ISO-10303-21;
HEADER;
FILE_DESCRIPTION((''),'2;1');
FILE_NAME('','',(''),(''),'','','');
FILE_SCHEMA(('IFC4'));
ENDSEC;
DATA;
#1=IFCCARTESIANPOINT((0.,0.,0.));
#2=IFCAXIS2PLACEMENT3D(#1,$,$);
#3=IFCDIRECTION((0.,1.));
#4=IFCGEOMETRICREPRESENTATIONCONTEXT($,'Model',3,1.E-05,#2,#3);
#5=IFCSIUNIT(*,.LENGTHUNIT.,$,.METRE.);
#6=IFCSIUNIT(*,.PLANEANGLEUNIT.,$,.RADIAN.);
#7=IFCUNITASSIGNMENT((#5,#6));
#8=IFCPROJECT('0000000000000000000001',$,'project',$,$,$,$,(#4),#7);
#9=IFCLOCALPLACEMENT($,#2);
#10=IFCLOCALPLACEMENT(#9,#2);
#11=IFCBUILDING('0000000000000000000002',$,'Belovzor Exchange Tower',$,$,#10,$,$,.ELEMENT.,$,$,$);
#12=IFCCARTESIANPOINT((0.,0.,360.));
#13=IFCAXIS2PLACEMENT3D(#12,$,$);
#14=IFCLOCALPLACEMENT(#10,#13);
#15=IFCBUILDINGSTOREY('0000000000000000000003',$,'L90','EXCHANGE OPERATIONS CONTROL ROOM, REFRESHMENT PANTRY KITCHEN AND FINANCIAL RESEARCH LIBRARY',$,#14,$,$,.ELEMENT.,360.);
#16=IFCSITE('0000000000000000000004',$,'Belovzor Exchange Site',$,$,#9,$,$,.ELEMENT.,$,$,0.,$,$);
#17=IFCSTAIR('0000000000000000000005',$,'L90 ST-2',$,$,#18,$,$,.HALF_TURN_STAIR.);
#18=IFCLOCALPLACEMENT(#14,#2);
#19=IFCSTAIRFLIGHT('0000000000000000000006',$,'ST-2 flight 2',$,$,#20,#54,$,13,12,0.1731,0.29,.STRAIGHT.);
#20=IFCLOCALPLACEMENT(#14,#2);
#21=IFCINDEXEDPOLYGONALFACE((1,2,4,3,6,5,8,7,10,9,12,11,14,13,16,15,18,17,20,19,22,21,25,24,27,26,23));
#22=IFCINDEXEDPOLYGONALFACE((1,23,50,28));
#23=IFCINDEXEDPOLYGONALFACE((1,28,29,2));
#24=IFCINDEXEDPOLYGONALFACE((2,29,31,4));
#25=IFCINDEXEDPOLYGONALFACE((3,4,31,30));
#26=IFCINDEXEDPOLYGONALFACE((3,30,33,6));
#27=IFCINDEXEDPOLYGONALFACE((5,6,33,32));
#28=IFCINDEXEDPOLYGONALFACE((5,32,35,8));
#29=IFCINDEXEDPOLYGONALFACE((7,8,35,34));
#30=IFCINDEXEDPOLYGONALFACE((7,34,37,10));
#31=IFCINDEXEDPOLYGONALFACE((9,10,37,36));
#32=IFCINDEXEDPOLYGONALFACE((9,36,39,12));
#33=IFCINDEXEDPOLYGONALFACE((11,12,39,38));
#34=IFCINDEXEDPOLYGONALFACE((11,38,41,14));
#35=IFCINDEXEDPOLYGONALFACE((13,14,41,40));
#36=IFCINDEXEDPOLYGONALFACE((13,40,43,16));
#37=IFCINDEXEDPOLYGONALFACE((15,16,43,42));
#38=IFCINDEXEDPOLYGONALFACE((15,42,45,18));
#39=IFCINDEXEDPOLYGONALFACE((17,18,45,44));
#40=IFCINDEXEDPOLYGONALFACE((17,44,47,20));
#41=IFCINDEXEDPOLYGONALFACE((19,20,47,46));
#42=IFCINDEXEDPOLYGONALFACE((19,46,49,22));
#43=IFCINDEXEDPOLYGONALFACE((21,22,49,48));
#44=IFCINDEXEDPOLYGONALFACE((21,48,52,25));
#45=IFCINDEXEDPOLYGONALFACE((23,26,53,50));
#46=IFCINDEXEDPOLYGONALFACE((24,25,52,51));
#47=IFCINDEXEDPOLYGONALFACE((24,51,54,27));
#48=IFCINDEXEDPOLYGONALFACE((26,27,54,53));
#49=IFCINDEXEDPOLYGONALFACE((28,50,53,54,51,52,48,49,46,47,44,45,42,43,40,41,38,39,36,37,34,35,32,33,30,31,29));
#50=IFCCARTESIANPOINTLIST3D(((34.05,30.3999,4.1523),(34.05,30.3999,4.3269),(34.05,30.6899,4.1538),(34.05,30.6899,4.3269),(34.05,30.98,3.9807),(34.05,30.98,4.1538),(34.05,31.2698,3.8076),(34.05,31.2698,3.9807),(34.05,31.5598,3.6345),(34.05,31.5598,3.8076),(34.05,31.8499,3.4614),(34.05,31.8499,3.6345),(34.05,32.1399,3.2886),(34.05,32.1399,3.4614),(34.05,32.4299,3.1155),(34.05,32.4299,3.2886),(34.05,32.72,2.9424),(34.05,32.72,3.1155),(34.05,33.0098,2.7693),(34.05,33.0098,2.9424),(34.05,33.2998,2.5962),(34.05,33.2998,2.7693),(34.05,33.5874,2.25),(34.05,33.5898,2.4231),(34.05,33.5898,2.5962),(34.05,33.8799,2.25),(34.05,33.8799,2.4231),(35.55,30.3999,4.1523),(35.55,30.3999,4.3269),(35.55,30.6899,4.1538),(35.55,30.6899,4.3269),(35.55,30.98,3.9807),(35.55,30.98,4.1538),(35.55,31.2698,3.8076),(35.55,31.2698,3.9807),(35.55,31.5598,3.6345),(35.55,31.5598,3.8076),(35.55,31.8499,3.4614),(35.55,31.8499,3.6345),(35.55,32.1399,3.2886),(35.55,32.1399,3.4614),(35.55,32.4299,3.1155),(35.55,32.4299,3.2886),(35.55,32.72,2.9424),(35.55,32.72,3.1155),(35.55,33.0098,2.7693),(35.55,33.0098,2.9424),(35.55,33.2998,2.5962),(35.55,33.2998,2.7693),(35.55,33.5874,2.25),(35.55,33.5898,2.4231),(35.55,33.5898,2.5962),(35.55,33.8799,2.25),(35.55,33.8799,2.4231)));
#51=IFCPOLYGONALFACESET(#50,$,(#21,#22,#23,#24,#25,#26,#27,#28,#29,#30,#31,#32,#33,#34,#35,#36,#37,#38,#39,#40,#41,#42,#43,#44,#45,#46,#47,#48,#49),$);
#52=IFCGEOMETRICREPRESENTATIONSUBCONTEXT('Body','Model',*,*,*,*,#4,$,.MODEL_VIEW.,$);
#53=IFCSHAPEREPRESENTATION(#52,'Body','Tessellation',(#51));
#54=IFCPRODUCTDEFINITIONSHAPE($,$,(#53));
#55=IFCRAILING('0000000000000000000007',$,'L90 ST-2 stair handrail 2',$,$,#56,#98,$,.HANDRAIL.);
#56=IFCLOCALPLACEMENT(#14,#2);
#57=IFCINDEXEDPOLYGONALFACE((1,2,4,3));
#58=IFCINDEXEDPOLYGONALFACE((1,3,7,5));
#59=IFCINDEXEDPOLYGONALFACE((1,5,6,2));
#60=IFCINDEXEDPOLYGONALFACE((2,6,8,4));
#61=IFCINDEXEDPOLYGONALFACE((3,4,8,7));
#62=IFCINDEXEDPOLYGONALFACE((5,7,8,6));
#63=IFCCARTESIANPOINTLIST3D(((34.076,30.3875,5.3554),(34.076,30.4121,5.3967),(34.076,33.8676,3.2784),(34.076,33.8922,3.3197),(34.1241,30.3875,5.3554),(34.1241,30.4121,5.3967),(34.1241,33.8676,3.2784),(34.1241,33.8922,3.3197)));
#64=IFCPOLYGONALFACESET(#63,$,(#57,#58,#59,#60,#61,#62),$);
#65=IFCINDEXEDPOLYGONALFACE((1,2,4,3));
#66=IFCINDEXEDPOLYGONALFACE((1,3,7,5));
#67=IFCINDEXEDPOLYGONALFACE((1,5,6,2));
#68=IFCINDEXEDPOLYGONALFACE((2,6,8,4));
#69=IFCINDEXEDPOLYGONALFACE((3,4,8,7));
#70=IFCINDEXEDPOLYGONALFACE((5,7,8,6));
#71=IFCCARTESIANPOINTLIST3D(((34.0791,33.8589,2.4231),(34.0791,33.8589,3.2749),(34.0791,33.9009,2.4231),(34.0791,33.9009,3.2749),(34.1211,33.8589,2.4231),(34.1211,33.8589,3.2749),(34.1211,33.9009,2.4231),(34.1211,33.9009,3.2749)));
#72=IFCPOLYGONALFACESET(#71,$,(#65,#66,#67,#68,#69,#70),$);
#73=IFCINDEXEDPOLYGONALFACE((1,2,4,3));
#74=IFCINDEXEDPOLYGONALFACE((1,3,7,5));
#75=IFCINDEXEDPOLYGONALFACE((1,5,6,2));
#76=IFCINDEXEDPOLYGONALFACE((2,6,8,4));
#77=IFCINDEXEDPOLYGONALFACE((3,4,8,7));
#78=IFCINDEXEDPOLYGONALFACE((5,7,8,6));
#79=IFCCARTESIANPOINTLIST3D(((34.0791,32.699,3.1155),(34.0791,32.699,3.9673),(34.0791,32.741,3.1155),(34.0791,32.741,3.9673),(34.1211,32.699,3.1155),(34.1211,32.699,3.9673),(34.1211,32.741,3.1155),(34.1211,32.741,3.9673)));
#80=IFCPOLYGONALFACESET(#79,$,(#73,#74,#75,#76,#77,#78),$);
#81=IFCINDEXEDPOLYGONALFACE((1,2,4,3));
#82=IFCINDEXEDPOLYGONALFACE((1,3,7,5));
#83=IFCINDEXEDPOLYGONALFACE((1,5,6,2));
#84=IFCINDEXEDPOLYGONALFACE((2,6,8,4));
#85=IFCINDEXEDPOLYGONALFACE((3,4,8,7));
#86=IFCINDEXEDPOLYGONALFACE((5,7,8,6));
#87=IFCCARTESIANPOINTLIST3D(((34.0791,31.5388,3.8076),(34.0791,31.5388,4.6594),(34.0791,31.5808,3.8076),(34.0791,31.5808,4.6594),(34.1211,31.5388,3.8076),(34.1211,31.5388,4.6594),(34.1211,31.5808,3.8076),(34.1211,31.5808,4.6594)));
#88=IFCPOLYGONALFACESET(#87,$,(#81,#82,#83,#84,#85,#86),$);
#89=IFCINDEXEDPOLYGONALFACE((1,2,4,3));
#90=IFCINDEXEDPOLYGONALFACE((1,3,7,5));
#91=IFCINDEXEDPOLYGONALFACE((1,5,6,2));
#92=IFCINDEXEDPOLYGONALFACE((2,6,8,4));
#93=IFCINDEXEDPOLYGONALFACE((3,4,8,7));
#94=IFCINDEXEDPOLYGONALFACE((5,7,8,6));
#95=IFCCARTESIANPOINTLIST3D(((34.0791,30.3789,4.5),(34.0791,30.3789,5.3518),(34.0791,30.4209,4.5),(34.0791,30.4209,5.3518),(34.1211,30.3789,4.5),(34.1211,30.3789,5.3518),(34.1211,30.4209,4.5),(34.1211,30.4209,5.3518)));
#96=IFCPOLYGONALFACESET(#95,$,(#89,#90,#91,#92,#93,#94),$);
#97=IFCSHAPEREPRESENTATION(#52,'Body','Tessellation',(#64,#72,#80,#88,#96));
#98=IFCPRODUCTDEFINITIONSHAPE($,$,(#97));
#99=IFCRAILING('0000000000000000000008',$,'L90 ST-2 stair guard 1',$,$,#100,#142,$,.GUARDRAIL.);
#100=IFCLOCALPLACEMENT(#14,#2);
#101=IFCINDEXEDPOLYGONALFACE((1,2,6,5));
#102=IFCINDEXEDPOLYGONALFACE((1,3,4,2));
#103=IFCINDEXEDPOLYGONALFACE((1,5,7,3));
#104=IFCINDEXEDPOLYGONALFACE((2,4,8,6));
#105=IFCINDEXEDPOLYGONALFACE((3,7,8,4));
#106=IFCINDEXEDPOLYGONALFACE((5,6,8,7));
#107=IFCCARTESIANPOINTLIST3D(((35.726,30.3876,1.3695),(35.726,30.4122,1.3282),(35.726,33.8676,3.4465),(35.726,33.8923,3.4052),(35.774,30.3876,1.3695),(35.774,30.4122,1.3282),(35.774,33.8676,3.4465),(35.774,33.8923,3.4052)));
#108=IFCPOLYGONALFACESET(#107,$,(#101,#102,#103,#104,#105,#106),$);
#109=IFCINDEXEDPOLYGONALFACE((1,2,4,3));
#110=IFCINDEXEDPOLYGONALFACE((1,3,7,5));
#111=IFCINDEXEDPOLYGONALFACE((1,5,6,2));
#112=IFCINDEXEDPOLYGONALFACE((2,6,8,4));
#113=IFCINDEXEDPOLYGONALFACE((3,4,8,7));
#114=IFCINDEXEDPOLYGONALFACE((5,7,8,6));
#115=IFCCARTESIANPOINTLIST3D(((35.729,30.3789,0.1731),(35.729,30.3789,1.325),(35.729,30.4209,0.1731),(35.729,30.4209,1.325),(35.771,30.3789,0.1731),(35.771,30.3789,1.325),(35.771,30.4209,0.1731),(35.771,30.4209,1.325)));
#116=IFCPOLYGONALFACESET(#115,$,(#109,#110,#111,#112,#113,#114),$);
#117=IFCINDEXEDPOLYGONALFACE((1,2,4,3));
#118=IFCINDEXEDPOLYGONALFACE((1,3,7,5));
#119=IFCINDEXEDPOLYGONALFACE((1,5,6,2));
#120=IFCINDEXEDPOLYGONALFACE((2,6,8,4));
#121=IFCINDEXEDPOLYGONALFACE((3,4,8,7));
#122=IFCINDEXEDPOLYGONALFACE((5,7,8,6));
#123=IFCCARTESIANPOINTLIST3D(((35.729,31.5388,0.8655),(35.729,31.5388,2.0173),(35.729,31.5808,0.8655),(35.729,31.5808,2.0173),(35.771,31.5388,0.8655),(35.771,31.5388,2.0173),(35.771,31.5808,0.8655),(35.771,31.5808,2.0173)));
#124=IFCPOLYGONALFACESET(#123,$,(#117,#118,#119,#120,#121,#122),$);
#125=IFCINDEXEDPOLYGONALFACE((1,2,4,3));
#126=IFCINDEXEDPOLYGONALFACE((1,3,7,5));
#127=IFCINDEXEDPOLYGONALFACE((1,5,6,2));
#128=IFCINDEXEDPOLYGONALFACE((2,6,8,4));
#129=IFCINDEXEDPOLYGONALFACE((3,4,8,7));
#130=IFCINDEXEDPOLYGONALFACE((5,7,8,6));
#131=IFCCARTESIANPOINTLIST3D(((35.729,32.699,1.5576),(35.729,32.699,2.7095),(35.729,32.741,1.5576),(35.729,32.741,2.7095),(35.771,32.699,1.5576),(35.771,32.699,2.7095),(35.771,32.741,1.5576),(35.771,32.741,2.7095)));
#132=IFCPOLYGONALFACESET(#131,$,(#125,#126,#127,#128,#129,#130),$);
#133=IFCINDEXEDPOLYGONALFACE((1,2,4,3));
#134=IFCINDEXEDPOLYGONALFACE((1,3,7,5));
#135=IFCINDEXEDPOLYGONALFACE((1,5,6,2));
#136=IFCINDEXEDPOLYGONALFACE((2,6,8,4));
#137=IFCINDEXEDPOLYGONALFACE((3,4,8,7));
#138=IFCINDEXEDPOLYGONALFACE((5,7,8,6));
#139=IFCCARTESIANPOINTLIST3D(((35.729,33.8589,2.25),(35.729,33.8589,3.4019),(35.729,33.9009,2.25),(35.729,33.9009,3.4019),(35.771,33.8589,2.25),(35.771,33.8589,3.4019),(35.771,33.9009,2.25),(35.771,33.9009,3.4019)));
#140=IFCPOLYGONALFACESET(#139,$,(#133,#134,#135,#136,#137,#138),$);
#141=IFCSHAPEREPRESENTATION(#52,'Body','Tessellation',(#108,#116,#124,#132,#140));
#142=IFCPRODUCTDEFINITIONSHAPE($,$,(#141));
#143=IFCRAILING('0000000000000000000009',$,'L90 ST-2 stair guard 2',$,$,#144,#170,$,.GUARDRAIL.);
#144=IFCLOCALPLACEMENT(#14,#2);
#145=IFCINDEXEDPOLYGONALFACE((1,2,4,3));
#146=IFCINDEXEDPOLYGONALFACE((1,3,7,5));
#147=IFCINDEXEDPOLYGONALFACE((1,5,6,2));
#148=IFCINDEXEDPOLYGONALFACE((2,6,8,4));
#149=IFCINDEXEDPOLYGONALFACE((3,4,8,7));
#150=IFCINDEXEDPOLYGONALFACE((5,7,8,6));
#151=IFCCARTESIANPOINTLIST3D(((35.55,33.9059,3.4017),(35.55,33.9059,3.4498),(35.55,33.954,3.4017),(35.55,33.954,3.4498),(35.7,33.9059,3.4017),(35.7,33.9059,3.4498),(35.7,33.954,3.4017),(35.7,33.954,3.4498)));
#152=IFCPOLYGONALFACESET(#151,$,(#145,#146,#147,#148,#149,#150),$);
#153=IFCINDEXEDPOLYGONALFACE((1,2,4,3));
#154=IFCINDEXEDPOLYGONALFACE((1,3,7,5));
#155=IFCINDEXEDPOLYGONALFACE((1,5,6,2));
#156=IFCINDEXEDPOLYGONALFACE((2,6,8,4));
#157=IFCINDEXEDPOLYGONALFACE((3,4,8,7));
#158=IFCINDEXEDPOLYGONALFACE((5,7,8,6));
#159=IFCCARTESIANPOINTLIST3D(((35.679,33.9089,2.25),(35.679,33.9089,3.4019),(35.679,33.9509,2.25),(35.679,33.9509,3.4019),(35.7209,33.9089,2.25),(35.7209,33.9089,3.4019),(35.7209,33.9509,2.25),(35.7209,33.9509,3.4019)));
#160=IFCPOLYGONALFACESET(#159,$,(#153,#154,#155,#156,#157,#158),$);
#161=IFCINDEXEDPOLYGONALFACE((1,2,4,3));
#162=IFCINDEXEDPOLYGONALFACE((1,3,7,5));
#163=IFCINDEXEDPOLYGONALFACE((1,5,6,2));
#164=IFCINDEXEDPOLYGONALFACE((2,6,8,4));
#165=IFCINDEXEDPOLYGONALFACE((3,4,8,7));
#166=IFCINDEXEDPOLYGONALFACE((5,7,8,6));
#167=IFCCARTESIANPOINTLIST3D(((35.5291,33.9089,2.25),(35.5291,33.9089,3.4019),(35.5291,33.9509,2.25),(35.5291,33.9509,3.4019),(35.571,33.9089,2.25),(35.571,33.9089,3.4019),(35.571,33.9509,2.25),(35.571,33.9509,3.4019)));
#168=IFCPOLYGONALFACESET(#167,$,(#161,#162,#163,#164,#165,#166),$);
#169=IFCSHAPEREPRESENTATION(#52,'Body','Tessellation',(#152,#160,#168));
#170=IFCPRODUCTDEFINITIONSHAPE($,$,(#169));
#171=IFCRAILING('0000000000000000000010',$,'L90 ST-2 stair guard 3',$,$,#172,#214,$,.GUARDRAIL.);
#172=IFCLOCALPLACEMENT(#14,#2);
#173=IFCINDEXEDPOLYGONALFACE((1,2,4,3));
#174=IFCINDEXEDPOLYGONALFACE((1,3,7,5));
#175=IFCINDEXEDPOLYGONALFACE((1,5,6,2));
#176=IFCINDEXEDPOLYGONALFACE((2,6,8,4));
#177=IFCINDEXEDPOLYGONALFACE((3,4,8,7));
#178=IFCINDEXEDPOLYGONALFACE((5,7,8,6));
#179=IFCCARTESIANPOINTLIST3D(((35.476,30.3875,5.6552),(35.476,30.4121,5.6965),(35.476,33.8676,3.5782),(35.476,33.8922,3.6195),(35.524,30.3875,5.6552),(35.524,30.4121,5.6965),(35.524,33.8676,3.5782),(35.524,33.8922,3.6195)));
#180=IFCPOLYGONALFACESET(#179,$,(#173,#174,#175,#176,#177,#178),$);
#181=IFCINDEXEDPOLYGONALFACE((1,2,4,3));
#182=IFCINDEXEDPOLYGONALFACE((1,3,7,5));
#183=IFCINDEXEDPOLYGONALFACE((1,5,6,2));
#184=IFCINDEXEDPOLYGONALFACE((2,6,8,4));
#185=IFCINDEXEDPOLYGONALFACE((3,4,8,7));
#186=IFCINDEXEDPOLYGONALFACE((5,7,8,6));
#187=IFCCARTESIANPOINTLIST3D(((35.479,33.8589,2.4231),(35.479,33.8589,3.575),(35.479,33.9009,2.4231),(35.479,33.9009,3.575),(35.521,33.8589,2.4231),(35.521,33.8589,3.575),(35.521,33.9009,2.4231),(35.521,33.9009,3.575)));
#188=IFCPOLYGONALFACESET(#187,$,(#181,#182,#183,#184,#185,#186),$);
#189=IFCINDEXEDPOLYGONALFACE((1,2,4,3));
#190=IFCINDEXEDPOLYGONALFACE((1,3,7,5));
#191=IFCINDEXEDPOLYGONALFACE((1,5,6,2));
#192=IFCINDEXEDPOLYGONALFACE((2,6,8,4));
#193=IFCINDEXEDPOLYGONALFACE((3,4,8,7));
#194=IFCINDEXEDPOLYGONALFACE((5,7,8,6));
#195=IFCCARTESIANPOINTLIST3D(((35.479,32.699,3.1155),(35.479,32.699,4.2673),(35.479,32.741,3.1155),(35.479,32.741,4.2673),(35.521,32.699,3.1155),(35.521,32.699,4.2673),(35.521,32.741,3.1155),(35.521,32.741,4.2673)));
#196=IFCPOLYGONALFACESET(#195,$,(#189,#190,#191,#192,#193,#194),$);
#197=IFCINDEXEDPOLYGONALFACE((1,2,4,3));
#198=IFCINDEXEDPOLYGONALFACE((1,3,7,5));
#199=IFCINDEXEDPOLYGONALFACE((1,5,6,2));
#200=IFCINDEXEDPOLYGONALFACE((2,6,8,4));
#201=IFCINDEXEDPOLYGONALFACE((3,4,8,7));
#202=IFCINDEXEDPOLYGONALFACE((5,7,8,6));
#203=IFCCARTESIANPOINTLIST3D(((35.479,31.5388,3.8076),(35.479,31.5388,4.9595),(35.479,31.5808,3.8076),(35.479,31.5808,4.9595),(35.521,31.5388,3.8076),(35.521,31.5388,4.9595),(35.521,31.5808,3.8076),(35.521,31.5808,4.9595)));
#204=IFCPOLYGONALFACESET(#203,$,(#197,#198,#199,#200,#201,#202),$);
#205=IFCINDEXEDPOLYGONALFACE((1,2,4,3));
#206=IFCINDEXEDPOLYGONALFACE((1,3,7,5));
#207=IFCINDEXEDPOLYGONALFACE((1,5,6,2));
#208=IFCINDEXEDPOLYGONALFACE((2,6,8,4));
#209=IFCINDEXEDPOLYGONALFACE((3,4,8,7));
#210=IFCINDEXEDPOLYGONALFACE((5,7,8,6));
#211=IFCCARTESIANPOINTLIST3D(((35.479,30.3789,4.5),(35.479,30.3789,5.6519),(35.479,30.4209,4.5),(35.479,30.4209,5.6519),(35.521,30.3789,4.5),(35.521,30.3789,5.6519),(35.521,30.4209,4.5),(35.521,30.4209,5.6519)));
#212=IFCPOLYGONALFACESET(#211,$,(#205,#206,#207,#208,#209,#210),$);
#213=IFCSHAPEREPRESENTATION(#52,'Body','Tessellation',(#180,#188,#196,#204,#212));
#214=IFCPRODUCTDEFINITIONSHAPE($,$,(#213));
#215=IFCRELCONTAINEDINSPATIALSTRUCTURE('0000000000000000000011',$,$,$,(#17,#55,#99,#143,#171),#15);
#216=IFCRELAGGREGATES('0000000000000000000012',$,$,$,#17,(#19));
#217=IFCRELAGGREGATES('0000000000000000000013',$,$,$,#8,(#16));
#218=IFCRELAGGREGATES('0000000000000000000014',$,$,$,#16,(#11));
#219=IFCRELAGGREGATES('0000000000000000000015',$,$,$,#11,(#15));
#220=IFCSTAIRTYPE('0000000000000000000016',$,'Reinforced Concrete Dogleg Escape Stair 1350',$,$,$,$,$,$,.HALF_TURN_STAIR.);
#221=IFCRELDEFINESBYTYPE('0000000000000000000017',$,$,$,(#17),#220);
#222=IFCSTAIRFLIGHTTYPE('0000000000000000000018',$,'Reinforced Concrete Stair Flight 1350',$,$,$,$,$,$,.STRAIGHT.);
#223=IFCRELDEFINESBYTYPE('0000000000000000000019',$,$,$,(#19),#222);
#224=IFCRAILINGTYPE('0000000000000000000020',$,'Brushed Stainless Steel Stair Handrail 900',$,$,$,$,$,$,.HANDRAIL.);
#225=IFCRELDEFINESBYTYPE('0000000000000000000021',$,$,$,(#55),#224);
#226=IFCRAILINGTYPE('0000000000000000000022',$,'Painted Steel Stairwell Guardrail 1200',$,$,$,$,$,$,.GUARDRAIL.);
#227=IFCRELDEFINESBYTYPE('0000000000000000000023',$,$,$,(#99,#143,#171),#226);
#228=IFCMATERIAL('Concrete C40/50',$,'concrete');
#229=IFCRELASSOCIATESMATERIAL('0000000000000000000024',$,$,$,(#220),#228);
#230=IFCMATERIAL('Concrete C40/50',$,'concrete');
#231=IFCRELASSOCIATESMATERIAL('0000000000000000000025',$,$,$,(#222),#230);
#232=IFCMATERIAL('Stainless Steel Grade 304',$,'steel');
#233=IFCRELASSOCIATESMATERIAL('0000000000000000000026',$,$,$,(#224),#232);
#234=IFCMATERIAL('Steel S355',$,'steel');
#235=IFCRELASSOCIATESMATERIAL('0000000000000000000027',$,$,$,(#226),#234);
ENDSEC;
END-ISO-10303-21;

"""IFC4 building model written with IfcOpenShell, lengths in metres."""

from ifc_helpers import new_model, si_unit, direction, frame, origin, origin_2d, place, context, subcontext, project, spatial, polyline, rectangle, outline, extrude, material, type_object, element, aggregate, save


model = new_model("IFC4")

# Units and contexts
model_context = context("Model", 3, precision=1e-05, world=origin(), true_north=direction((0.0, 1.0)))
body_context = subcontext(model_context, "Body", "Model", "MODEL_VIEW")
ifc_project = project(units=[si_unit("LENGTHUNIT", "METRE"), si_unit("PLANEANGLEUNIT", "RADIAN")], contexts=[model_context])

# Site, building, storey
site_placement = place(None, origin())
site = spatial("IfcSite", under=ifc_project, at=site_placement, Name="Belovzor Exchange Site", CompositionType="ELEMENT", RefElevation=0.0)
building_placement = place(site_placement, origin())
building = spatial("IfcBuilding", under=site, at=building_placement, Name="Belovzor Exchange Tower", CompositionType="ELEMENT")
storey_placement = place(building_placement, frame((0.0, 0.0, 360.0)))
storey = spatial("IfcBuildingStorey", under=building, at=storey_placement, Name="L90", Description="EXCHANGE OPERATIONS CONTROL ROOM, REFRESHMENT PANTRY KITCHEN AND FINANCIAL RESEARCH LIBRARY", CompositionType="ELEMENT", Elevation=360.0)

# Stair, stair flight
ifc_material_1 = material(Name="Concrete C40/50", Category="concrete")
stair_type = type_object("IfcStairType", Name="Reinforced Concrete Dogleg Escape Stair 1350", PredefinedType="HALF_TURN_STAIR", material=ifc_material_1)
stair_placement = place(storey_placement, origin())
stair = element("IfcStair", 1, at=stair_placement, inside=storey, type_object=stair_type, Name="L90 ST-2", PredefinedType="HALF_TURN_STAIR")
ifc_material_2 = material(Name="Concrete C40/50", Category="concrete")
stair_flight_type = type_object("IfcStairFlightType", Name="Reinforced Concrete Stair Flight 1350", PredefinedType="STRAIGHT", material=ifc_material_2)
stair_flight_1_placement = place(storey_placement, frame((34.8, 33.8799, 2.25), z_axis=(0.0, 0.0, 1.0), x_axis=(0.0, -1.0, 0.0)))
stair_flight_1 = element("IfcStairFlight", 2, at=stair_flight_1_placement, type_object=stair_flight_type, Name="ST-2 flight 2", NumberOfRisers=13, NumberOfTreads=12, PredefinedType="STRAIGHT", RiserHeight=0.1731, TreadLength=0.29, context=body_context, shape_type="SweptSolid", body=[
    extrude(outline(polyline([(0.0, 0.0), (0.0, 0.1731), (0.29, 0.1731), (0.29, 0.3462), (0.5801, 0.3462), (0.5801, 0.5193), (0.8701, 0.5193), (0.8701, 0.6924), (1.1599, 0.6924), (1.1599, 0.8655), (1.45, 0.8655), (1.45, 1.0386), (1.74, 1.0386), (1.74, 1.2114), (2.03, 1.2114), (2.03, 1.3845), (2.3201, 1.3845), (2.3201, 1.5576), (2.6101, 1.5576), (2.6101, 1.7307), (2.8999, 1.7307), (2.8999, 1.9038), (3.1899, 1.9038), (3.1899, 2.0769), (3.48, 2.0769), (3.48, 2.25), (3.48, 1.9023), (0.2925, 0.0), (0.0, 0.0)])), frame((0.0, 0.75, 0.0), z_axis=(0.0, -1.0, 0.0), x_axis=(1.0, 0.0, 0.0)), (0.0, 0.0, 1.0), 1.5),
])
aggregate(stair, [stair_flight_1])

# Railings
ifc_material_3 = material(Name="Stainless Steel Grade 304", Category="steel")
railing_type_1 = type_object("IfcRailingType", Name="Brushed Stainless Steel Stair Handrail 900", PredefinedType="HANDRAIL", material=ifc_material_3)
railing_1_placement = place(storey_placement, frame((34.1001, 33.8799, 2.4231)))
element("IfcRailing", 3, at=railing_1_placement, inside=storey, type_object=railing_type_1, Name="L90 ST-2 stair handrail 2", PredefinedType="HANDRAIL", context=body_context, shape_type="SweptSolid", body=[
    extrude(rectangle(XDim=0.0481, YDim=0.0481, at=origin_2d()), frame((0.0, 0.0, 0.876), z_axis=(0.0, -0.858697, 0.512483), x_axis=(1.0, 0.0, 0.0)), (0.0, 0.0, 1.0), 4.0527),
    extrude(rectangle(XDim=0.042, YDim=0.042, at=origin_2d()), origin(), (0.0, 0.0, 1.0), 0.8518),
    extrude(rectangle(XDim=0.042, YDim=0.042, at=origin_2d()), frame((0.0, -1.1599, 0.6924)), (0.0, 0.0, 1.0), 0.8518),
    extrude(rectangle(XDim=0.042, YDim=0.042, at=origin_2d()), frame((0.0, -2.3201, 1.3845)), (0.0, 0.0, 1.0), 0.8518),
    extrude(rectangle(XDim=0.042, YDim=0.042, at=origin_2d()), frame((0.0, -3.48, 2.0769)), (0.0, 0.0, 1.0), 0.8518),
])
ifc_material_4 = material(Name="Steel S355", Category="steel")
railing_type_2 = type_object("IfcRailingType", Name="Painted Steel Stairwell Guardrail 1200", PredefinedType="GUARDRAIL", material=ifc_material_4)
railing_2_placement = place(storey_placement, frame((35.75, 30.3999, 0.1731)))
element("IfcRailing", 4, at=railing_2_placement, inside=storey, type_object=railing_type_2, Name="L90 ST-2 stair guard 1", PredefinedType="GUARDRAIL", context=body_context, shape_type="SweptSolid", body=[
    extrude(rectangle(XDim=0.0481, YDim=0.0481, at=origin_2d()), frame((0.0, 0.0, 1.1758), z_axis=(0.0, 0.858697, 0.512483), x_axis=(-1.0, 0.0, 0.0)), (0.0, 0.0, 1.0), 4.0527),
    extrude(rectangle(XDim=0.042, YDim=0.042, at=origin_2d()), origin(), (0.0, 0.0, 1.0), 1.1519),
    extrude(rectangle(XDim=0.042, YDim=0.042, at=origin_2d()), frame((0.0, 1.1599, 0.6924)), (0.0, 0.0, 1.0), 1.1519),
    extrude(rectangle(XDim=0.042, YDim=0.042, at=origin_2d()), frame((0.0, 2.3201, 1.3845)), (0.0, 0.0, 1.0), 1.1519),
    extrude(rectangle(XDim=0.042, YDim=0.042, at=origin_2d()), frame((0.0, 3.48, 2.0769)), (0.0, 0.0, 1.0), 1.1519),
])
railing_3_placement = place(storey_placement, frame((35.7, 33.9299, 2.25)))
element("IfcRailing", 5, at=railing_3_placement, inside=storey, type_object=railing_type_2, Name="L90 ST-2 stair guard 2", PredefinedType="GUARDRAIL", context=body_context, shape_type="SweptSolid", body=[
    extrude(rectangle(XDim=0.0481, YDim=0.0481, at=origin_2d()), frame((0.0, 0.0, 1.1758), z_axis=(-1.0, 0.0, 0.0), x_axis=(0.0, -1.0, 0.0)), (0.0, 0.0, 1.0), 0.1499),
    extrude(rectangle(XDim=0.042, YDim=0.042, at=origin_2d()), origin(), (0.0, 0.0, 1.0), 1.1519),
    extrude(rectangle(XDim=0.042, YDim=0.042, at=origin_2d()), frame((-0.1499, 0.0, 0.0)), (0.0, 0.0, 1.0), 1.1519),
])
railing_4_placement = place(storey_placement, frame((35.5, 33.8799, 2.4231)))
element("IfcRailing", 6, at=railing_4_placement, inside=storey, type_object=railing_type_2, Name="L90 ST-2 stair guard 3", PredefinedType="GUARDRAIL", context=body_context, shape_type="SweptSolid", body=[
    extrude(rectangle(XDim=0.0481, YDim=0.0481, at=origin_2d()), frame((0.0, 0.0, 1.1758), z_axis=(0.0, -0.858697, 0.512483), x_axis=(1.0, 0.0, 0.0)), (0.0, 0.0, 1.0), 4.0527),
    extrude(rectangle(XDim=0.042, YDim=0.042, at=origin_2d()), origin(), (0.0, 0.0, 1.0), 1.1519),
    extrude(rectangle(XDim=0.042, YDim=0.042, at=origin_2d()), frame((0.0, -1.1599, 0.6924)), (0.0, 0.0, 1.0), 1.1519),
    extrude(rectangle(XDim=0.042, YDim=0.042, at=origin_2d()), frame((0.0, -2.3201, 1.3845)), (0.0, 0.0, 1.0), 1.1519),
    extrude(rectangle(XDim=0.042, YDim=0.042, at=origin_2d()), frame((0.0, -3.48, 2.0769)), (0.0, 0.0, 1.0), 1.1519),
])

save(model, "model.ifc")
